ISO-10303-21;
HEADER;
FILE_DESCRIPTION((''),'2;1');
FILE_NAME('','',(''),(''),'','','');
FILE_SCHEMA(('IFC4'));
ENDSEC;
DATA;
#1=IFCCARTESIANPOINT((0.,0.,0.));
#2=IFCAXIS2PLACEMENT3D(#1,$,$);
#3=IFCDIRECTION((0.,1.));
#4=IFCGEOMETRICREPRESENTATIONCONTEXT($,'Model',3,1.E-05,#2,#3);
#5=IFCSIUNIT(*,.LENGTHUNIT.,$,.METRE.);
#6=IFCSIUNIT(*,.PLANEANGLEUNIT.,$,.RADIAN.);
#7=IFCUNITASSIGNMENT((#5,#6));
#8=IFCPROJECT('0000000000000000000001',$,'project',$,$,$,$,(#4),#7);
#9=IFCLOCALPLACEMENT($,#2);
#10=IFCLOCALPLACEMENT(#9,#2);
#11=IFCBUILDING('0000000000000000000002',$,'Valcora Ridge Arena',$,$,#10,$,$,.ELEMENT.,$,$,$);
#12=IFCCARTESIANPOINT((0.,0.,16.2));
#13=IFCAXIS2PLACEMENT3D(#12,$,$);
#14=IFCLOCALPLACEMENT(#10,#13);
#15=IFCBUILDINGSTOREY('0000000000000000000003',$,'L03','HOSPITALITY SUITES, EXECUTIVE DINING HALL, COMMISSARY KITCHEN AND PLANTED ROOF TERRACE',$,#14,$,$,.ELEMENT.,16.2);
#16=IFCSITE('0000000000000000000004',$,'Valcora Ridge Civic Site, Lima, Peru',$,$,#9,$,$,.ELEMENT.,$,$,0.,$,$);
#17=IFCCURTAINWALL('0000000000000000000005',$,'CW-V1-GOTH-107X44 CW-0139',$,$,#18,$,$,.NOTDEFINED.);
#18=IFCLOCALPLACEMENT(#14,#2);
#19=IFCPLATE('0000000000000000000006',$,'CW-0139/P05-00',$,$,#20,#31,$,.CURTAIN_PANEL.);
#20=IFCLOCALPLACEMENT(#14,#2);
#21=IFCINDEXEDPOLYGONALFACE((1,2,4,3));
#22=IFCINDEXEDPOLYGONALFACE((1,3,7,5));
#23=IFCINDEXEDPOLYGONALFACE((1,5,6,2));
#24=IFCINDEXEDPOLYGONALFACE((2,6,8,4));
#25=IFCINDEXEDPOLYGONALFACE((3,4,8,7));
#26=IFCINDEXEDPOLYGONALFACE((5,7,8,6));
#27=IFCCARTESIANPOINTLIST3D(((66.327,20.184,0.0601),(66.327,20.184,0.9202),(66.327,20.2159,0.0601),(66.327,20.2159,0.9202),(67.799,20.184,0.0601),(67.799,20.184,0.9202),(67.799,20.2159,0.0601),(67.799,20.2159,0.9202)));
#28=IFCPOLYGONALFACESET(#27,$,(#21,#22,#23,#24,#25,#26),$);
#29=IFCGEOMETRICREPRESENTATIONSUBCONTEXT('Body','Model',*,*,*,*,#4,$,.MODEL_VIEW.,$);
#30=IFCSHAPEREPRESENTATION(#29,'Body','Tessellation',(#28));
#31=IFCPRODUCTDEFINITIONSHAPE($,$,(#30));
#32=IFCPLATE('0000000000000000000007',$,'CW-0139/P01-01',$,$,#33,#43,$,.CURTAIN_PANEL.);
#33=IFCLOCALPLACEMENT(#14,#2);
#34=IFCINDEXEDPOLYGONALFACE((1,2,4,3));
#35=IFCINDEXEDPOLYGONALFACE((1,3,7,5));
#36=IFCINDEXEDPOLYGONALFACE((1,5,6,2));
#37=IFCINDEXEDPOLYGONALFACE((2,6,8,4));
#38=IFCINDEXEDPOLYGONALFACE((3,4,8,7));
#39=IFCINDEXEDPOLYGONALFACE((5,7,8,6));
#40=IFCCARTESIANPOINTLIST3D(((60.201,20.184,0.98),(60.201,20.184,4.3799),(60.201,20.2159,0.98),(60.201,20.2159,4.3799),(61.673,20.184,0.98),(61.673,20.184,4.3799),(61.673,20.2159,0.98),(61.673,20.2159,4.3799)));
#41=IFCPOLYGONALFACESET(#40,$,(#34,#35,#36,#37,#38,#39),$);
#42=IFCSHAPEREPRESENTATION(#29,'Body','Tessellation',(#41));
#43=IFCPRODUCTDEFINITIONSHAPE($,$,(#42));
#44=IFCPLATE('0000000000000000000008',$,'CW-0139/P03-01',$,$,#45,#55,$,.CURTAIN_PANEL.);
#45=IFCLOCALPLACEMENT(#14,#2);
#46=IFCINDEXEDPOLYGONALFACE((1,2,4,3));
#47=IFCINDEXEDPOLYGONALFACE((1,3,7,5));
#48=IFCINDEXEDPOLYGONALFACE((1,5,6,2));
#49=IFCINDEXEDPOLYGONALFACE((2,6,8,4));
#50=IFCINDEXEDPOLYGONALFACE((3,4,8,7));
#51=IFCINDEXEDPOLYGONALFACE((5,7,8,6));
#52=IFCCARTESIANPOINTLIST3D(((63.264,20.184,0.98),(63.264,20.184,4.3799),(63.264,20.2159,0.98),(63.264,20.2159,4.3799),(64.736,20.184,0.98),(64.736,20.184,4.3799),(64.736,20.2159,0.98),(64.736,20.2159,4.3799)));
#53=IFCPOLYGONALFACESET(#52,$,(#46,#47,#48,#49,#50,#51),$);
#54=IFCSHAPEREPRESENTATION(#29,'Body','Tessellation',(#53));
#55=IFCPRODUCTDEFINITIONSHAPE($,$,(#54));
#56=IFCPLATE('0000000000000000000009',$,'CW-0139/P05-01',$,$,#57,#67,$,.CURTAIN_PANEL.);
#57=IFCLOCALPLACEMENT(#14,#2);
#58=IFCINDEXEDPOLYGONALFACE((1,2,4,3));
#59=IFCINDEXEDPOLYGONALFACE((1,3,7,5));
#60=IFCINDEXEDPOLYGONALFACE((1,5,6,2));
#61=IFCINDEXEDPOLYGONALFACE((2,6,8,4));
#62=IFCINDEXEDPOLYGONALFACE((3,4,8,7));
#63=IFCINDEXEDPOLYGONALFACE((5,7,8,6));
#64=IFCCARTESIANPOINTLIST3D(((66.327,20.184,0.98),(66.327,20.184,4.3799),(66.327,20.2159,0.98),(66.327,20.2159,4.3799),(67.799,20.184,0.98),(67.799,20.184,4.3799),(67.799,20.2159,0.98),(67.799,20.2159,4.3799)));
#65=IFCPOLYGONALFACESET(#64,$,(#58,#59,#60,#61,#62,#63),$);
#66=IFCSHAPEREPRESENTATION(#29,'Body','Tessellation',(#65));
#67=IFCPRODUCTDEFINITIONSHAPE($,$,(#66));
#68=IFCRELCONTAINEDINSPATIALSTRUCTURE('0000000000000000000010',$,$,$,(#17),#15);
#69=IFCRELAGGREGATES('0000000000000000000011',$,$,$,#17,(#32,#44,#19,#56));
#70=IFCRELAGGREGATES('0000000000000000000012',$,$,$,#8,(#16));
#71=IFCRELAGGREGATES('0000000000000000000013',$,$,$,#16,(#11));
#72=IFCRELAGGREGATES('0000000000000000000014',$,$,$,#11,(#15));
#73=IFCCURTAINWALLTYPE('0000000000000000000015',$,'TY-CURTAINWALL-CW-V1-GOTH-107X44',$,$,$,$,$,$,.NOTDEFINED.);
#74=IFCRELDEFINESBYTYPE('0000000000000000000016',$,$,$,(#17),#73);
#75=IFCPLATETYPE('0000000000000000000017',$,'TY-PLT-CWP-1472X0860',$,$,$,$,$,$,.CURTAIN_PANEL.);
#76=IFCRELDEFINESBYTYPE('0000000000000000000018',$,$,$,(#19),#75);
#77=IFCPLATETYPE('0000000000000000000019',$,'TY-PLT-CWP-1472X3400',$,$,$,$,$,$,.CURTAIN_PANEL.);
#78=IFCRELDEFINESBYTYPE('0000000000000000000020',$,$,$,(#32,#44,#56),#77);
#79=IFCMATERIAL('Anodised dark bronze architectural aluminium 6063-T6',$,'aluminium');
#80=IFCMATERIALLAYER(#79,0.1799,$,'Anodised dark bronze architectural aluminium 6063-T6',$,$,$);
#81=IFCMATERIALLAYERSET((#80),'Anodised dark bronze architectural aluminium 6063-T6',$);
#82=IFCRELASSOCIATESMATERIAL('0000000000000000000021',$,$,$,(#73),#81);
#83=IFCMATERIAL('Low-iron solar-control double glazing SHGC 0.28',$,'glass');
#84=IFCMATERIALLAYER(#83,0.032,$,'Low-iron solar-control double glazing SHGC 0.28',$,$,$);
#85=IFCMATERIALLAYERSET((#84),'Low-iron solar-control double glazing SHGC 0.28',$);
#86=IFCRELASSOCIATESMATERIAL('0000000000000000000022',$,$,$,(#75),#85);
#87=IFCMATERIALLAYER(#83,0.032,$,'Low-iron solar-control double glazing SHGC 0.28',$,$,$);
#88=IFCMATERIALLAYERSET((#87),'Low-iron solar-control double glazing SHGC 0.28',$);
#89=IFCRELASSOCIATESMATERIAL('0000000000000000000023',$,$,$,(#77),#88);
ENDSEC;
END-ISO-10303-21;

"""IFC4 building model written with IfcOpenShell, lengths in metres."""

from ifc_helpers import new_model, si_unit, direction, frame, origin, origin_2d, place, context, subcontext, project, spatial, rectangle, extrude, material, layer, layer_set, type_object, element, aggregate, save


model = new_model("IFC4")

# Units and contexts
model_context = context("Model", 3, precision=1e-05, world=origin(), true_north=direction((0.0, 1.0)))
body_context = subcontext(model_context, "Body", "Model", "MODEL_VIEW")
ifc_project = project(units=[si_unit("LENGTHUNIT", "METRE"), si_unit("PLANEANGLEUNIT", "RADIAN")], contexts=[model_context])

# Site, building, storey
site_placement = place(None, origin())
site = spatial("IfcSite", under=ifc_project, at=site_placement, Name="Valcora Ridge Civic Site, Lima, Peru", CompositionType="ELEMENT", RefElevation=0.0)
building_placement = place(site_placement, origin())
building = spatial("IfcBuilding", under=site, at=building_placement, Name="Valcora Ridge Arena", CompositionType="ELEMENT")
storey_placement = place(building_placement, frame((0.0, 0.0, 16.2)))
storey = spatial("IfcBuildingStorey", under=building, at=storey_placement, Name="L03", Description="HOSPITALITY SUITES, EXECUTIVE DINING HALL, COMMISSARY KITCHEN AND PLANTED ROOF TERRACE", CompositionType="ELEMENT", Elevation=16.2)

# Curtain wall
ifc_material_1 = material(Name="Anodised dark bronze architectural aluminium 6063-T6", Category="aluminium")
ifc_layer_1 = layer(ifc_material_1, 0.1799, Name="Anodised dark bronze architectural aluminium 6063-T6")
ifc_layer_set_1 = layer_set([ifc_layer_1], Name="Anodised dark bronze architectural aluminium 6063-T6")
curtain_wall_type_1 = type_object("IfcCurtainWallType", Name="TY-CURTAINWALL-CW-V1-GOTH-107X44", PredefinedType="NOTDEFINED", material=ifc_layer_set_1)
curtain_wall_1_placement = place(storey_placement, origin())
curtain_wall_1 = element("IfcCurtainWall", 1, at=curtain_wall_1_placement, inside=storey, type_object=curtain_wall_type_1, Name="CW-V1-GOTH-107X44 CW-0139", PredefinedType="NOTDEFINED")

# Plates
ifc_material_2 = material(Name="Low-iron solar-control double glazing SHGC 0.28", Category="glass")
ifc_layer_2 = layer(ifc_material_2, 0.032, Name="Low-iron solar-control double glazing SHGC 0.28")
ifc_layer_set_2 = layer_set([ifc_layer_2], Name="Low-iron solar-control double glazing SHGC 0.28")
plate_type_1 = type_object("IfcPlateType", Name="TY-PLT-CWP-1472X0860", PredefinedType="CURTAIN_PANEL", material=ifc_layer_set_2)
plate_1_placement = place(storey_placement, frame((67.063, 20.2, 0.0601), z_axis=(0.0, 0.0, 1.0), x_axis=(1.0, 0.0, 0.0)))
plate_1 = element("IfcPlate", 2, at=plate_1_placement, type_object=plate_type_1, Name="CW-0139/P05-00", PredefinedType="CURTAIN_PANEL", context=body_context, shape_type="SweptSolid", body=[
    extrude(rectangle(XDim=1.4719, YDim=0.032, at=origin_2d()), origin(), (0.0, 0.0, 1.0), 0.8601),
])
ifc_layer_3 = layer(ifc_material_2, 0.032, Name="Low-iron solar-control double glazing SHGC 0.28")
ifc_layer_set_3 = layer_set([ifc_layer_3], Name="Low-iron solar-control double glazing SHGC 0.28")
plate_type_2 = type_object("IfcPlateType", Name="TY-PLT-CWP-1472X3400", PredefinedType="CURTAIN_PANEL", material=ifc_layer_set_3)
plate_2_placement = place(storey_placement, frame((60.937, 20.2, 0.98), z_axis=(0.0, 0.0, 1.0), x_axis=(1.0, 0.0, 0.0)))
plate_2 = element("IfcPlate", 3, at=plate_2_placement, type_object=plate_type_2, Name="CW-0139/P01-01", PredefinedType="CURTAIN_PANEL", context=body_context, shape_type="SweptSolid", body=[
    extrude(rectangle(XDim=1.4719, YDim=0.032, at=origin_2d()), origin(), (0.0, 0.0, 1.0), 3.3999),
])
plate_3_placement = place(storey_placement, frame((64.0, 20.2, 0.98), z_axis=(0.0, 0.0, 1.0), x_axis=(1.0, 0.0, 0.0)))
plate_3 = element("IfcPlate", 4, at=plate_3_placement, type_object=plate_type_2, Name="CW-0139/P03-01", PredefinedType="CURTAIN_PANEL", context=body_context, shape_type="SweptSolid", body=[
    extrude(rectangle(XDim=1.4719, YDim=0.032, at=origin_2d()), origin(), (0.0, 0.0, 1.0), 3.3999),
])
plate_4_placement = place(storey_placement, frame((67.063, 20.2, 0.98), z_axis=(0.0, 0.0, 1.0), x_axis=(1.0, 0.0, 0.0)))
plate_4 = element("IfcPlate", 5, at=plate_4_placement, type_object=plate_type_2, Name="CW-0139/P05-01", PredefinedType="CURTAIN_PANEL", context=body_context, shape_type="SweptSolid", body=[
    extrude(rectangle(XDim=1.4719, YDim=0.032, at=origin_2d()), origin(), (0.0, 0.0, 1.0), 3.3999),
])
aggregate(curtain_wall_1, [plate_2, plate_3, plate_1, plate_4])

save(model, "model.ifc")
